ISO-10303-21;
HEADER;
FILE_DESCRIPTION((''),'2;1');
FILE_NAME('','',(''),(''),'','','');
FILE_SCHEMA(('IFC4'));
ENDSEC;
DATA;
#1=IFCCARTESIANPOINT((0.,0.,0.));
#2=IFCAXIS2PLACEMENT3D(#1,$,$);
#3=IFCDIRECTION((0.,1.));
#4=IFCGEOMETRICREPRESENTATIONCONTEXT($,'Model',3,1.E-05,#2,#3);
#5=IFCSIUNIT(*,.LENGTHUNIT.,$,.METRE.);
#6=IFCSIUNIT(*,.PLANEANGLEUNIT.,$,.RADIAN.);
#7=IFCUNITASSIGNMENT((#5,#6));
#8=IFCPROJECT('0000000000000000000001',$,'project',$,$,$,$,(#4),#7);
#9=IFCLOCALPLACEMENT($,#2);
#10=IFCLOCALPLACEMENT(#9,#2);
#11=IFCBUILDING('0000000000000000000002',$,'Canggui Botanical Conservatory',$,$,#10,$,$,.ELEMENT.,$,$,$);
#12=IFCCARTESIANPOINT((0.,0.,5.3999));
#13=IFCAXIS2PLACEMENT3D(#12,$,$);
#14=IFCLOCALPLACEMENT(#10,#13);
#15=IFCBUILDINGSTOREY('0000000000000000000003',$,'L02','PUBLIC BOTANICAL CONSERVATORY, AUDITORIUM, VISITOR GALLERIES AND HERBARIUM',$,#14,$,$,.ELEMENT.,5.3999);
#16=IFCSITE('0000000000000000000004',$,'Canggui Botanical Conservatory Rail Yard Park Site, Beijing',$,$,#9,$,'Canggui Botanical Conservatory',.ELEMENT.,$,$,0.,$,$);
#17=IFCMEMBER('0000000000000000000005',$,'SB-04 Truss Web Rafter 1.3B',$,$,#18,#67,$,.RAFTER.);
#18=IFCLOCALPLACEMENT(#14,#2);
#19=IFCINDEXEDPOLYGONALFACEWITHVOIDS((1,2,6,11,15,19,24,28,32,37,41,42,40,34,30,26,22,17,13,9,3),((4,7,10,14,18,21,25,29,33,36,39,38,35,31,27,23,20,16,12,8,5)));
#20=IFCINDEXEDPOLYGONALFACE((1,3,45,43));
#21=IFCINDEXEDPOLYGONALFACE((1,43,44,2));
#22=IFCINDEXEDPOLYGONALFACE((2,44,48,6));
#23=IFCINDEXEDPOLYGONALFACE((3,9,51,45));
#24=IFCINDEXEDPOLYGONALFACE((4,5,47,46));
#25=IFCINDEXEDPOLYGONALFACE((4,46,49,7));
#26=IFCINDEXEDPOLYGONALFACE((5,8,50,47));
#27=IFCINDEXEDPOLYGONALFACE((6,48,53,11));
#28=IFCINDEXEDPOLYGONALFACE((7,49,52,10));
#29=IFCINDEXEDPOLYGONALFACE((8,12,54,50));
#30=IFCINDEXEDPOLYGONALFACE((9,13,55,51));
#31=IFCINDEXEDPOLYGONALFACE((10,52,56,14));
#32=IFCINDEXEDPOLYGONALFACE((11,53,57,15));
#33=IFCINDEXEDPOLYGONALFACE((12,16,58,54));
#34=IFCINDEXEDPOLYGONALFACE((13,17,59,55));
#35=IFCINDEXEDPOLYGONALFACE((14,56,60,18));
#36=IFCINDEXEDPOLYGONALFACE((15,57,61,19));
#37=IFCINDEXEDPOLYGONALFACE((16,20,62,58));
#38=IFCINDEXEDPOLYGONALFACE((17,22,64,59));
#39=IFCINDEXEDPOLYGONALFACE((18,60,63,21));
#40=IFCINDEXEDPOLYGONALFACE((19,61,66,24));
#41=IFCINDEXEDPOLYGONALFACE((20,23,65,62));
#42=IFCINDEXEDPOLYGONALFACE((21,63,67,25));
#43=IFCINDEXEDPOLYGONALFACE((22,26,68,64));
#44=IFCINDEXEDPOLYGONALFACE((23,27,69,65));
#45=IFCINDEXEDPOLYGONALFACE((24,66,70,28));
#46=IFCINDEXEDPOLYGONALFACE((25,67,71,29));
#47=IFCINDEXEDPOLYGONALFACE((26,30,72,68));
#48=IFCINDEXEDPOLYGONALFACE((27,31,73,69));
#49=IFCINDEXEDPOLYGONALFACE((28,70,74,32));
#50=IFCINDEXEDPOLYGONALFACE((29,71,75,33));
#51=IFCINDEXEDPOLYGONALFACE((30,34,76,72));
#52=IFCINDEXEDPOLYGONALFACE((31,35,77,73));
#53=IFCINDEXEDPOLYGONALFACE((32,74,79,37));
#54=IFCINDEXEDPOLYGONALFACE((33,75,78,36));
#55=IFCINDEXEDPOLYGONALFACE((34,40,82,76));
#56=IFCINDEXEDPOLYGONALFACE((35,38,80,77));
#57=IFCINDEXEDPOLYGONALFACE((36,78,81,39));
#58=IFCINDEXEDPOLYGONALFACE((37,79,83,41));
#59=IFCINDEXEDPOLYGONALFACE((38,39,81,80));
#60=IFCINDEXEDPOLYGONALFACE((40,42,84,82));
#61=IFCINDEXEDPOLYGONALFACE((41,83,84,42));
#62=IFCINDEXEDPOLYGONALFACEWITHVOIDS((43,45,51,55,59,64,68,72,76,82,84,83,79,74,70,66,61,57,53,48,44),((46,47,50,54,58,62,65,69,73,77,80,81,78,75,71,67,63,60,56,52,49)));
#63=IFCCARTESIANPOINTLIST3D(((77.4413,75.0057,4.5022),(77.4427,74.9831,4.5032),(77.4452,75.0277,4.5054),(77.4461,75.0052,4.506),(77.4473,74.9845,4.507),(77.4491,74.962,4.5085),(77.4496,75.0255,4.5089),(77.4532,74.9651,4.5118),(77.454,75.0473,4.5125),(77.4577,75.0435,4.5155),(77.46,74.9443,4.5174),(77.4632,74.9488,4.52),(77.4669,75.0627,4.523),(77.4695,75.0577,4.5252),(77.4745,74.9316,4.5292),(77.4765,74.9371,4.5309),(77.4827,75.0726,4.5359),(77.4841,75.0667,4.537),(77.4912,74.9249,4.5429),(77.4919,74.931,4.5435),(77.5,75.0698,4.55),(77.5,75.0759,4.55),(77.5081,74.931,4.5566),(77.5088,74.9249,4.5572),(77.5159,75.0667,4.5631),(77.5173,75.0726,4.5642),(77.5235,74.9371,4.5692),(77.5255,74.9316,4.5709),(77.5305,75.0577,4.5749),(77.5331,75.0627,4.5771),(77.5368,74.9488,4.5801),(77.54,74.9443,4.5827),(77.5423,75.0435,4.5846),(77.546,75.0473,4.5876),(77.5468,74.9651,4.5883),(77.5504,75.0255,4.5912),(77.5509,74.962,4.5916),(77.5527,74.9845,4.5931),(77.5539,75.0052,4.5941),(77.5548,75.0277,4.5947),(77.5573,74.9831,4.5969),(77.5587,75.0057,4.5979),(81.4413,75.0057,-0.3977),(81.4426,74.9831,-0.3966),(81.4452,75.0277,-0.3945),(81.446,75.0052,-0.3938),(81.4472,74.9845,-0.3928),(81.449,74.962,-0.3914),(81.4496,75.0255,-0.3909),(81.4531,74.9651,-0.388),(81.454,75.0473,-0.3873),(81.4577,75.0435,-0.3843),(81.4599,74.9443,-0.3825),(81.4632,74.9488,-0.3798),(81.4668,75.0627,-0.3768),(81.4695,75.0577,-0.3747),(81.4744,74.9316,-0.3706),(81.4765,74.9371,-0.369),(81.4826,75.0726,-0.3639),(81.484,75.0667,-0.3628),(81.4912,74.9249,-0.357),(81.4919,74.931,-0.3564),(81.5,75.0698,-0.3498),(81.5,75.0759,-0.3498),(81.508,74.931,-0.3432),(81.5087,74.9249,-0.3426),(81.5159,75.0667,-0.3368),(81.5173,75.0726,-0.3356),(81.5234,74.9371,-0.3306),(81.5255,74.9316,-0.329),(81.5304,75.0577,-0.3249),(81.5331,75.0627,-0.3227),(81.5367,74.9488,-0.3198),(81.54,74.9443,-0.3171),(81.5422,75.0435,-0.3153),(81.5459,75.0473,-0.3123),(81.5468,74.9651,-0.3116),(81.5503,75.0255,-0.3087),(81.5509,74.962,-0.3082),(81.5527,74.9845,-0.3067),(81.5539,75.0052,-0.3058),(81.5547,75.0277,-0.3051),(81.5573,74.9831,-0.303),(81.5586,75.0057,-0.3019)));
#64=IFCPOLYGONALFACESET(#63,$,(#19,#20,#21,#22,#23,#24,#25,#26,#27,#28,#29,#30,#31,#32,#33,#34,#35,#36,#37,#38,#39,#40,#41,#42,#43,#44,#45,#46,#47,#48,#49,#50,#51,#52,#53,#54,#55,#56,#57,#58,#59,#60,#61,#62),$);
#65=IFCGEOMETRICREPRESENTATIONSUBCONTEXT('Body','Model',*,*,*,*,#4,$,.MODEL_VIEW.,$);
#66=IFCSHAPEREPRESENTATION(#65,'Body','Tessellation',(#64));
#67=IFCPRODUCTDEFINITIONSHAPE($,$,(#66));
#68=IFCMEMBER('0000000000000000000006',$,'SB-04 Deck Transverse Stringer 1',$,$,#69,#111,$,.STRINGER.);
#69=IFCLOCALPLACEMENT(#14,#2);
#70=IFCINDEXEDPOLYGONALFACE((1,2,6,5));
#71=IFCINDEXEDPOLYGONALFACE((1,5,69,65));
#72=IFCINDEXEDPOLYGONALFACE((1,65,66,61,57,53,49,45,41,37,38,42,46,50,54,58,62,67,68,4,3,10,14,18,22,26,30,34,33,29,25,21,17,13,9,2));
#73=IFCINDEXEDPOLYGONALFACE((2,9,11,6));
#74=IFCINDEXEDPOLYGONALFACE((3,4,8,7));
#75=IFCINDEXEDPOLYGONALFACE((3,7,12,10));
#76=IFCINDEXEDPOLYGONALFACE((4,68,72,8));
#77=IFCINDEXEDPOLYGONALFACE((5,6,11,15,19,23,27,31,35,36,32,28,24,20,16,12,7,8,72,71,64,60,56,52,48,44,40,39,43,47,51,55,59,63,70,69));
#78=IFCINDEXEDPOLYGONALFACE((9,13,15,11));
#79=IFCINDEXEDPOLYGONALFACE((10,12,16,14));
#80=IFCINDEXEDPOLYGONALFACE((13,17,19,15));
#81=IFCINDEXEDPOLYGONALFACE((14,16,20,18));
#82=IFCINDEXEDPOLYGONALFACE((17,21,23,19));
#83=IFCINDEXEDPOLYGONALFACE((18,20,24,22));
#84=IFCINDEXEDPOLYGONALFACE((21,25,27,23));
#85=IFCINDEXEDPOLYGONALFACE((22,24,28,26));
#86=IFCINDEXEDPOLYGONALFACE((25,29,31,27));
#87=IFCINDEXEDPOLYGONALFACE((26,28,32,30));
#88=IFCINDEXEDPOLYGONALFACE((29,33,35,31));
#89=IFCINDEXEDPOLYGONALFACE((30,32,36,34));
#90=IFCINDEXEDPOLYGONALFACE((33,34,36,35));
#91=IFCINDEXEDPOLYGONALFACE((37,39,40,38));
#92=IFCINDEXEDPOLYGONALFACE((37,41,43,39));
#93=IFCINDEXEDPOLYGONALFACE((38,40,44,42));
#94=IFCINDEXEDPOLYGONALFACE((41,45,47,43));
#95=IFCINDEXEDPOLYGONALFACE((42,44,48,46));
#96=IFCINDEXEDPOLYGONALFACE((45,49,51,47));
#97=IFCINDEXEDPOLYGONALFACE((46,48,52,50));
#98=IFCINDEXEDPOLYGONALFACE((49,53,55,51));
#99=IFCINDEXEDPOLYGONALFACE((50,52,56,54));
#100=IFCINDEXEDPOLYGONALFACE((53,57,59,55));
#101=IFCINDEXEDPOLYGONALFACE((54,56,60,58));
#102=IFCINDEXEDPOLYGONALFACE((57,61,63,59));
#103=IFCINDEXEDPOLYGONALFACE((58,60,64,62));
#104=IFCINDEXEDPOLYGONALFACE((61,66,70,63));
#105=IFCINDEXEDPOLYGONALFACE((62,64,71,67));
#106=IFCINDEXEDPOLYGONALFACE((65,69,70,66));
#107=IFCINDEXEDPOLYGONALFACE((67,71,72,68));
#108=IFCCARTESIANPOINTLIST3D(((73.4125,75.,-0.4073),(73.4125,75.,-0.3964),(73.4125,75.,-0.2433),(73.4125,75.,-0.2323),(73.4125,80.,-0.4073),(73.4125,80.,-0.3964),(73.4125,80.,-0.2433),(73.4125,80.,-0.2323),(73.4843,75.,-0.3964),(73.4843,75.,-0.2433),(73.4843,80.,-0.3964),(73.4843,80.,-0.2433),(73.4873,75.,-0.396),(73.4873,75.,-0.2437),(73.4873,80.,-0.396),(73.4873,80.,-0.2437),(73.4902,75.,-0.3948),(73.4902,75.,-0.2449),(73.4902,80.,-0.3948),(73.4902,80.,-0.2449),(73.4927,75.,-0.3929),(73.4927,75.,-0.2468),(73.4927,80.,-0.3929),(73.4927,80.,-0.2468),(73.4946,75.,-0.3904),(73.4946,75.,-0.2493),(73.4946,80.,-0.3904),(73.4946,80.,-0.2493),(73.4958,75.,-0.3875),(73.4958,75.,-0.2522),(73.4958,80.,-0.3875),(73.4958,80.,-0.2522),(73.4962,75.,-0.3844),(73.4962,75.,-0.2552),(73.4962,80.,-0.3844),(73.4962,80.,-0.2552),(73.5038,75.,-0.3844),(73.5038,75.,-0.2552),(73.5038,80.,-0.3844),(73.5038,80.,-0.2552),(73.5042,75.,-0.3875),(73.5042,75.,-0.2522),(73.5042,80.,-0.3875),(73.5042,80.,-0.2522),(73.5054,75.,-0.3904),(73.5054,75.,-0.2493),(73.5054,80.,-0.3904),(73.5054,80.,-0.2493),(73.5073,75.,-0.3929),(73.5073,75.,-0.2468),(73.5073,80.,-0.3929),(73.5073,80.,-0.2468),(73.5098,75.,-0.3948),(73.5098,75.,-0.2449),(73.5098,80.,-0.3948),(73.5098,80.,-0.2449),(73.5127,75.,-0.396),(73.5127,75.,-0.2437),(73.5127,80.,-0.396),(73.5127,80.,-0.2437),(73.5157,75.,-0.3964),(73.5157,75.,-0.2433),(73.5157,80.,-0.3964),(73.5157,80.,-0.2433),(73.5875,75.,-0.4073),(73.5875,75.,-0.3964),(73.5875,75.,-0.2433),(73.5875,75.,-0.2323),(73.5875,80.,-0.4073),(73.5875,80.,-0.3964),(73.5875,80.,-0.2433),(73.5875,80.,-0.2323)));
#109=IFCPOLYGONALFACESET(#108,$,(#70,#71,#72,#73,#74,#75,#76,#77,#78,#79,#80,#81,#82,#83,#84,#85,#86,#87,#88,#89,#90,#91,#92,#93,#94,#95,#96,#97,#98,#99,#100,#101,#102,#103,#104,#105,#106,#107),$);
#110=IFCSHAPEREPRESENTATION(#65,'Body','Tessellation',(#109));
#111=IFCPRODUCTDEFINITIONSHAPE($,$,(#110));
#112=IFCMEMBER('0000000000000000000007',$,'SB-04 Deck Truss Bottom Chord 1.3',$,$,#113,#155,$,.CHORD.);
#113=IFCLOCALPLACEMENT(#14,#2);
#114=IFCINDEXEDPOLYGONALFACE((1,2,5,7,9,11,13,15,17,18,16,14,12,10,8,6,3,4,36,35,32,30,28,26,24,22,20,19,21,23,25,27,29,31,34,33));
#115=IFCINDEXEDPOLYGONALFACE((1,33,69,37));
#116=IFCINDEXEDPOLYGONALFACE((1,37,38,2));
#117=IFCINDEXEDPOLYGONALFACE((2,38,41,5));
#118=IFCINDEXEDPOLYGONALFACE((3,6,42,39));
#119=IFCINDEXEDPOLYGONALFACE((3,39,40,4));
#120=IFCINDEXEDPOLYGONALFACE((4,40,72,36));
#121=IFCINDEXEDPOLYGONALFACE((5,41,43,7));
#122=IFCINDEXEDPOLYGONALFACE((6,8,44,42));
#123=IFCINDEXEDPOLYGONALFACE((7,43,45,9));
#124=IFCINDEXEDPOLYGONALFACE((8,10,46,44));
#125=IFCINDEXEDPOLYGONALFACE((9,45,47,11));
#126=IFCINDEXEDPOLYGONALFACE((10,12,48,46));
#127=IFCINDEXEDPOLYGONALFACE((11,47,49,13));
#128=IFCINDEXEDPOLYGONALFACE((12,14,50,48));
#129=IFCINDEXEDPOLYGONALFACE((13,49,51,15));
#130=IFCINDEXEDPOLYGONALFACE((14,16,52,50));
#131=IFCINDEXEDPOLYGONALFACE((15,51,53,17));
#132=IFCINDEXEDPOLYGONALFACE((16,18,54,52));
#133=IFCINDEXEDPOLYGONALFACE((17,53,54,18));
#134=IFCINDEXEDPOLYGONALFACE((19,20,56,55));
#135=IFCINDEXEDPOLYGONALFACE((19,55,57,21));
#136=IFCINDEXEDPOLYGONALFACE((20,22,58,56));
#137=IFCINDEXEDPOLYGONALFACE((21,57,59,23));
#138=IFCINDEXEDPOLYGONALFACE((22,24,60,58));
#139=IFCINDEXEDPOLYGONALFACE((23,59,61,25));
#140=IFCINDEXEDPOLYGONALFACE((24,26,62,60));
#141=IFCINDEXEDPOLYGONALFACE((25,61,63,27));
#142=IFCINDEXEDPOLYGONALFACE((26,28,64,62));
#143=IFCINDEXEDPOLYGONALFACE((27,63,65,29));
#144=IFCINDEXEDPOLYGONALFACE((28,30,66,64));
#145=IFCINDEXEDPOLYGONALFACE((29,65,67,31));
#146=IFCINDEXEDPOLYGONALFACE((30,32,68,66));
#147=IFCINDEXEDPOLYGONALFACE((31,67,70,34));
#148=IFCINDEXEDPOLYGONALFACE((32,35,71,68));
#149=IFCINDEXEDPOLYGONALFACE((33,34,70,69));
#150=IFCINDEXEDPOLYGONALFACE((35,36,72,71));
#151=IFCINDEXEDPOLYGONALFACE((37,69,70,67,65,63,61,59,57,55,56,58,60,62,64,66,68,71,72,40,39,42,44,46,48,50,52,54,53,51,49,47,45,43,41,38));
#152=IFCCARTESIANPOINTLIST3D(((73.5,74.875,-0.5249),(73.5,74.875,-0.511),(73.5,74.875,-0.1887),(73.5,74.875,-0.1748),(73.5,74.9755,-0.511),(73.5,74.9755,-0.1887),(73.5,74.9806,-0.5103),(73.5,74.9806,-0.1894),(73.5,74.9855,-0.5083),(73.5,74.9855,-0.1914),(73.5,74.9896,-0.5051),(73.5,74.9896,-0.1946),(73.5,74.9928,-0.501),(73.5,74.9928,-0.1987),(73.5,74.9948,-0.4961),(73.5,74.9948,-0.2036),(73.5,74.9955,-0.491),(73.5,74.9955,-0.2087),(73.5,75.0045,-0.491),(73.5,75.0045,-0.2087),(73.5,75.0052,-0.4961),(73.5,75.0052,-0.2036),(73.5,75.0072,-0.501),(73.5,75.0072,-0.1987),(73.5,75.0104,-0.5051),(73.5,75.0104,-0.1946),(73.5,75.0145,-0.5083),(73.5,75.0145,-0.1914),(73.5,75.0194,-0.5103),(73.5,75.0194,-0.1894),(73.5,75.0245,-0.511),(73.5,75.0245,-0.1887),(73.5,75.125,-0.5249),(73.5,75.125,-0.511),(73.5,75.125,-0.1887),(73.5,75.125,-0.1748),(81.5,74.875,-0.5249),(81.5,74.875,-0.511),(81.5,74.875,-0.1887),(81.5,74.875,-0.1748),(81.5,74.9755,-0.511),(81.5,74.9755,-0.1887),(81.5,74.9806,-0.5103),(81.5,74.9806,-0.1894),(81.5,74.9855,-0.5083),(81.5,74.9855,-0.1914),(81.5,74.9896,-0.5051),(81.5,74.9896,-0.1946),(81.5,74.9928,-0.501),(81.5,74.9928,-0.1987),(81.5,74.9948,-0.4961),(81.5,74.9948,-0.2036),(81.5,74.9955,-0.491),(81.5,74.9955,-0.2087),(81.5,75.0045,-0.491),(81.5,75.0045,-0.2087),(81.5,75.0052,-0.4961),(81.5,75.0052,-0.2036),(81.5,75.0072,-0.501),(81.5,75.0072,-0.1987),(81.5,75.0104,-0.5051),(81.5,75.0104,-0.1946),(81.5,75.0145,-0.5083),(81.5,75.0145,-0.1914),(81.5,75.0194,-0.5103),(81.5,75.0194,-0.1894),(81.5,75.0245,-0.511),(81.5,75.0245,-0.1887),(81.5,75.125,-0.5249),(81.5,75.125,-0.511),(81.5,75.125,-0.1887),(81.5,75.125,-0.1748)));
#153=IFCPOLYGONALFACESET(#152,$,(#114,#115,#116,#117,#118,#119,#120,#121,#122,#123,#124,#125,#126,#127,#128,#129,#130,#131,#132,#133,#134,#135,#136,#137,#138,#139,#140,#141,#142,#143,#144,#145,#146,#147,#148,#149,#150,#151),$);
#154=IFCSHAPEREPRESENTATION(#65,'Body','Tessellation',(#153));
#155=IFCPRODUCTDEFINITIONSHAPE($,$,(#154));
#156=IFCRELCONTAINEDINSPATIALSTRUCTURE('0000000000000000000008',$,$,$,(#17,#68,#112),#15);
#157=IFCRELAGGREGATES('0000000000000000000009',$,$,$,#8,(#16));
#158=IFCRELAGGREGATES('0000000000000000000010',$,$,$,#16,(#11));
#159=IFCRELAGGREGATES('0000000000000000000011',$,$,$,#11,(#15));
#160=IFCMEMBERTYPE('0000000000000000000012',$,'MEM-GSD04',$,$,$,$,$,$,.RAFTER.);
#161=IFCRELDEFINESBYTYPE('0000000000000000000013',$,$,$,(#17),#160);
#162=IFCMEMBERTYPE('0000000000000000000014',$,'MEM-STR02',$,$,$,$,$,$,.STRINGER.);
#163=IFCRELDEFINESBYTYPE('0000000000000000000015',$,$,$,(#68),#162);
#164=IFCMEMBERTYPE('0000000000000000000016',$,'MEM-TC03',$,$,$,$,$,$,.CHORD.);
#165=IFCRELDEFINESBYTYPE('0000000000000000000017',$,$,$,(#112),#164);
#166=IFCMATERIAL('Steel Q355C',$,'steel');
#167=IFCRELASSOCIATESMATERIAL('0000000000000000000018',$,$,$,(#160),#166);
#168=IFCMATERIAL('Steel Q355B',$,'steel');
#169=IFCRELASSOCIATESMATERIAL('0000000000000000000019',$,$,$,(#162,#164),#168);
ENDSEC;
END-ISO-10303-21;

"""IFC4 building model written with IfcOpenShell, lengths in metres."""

from ifc_helpers import new_model, si_unit, direction, frame, origin, origin_2d, place, context, subcontext, project, spatial, hollow_circle, i_section, extrude, material, material_profile, profile_set, type_object, element, save


model = new_model("IFC4")

# Units and contexts
model_context = context("Model", 3, precision=1e-05, world=origin(), true_north=direction((0.0, 1.0)))
body_context = subcontext(model_context, "Body", "Model", "MODEL_VIEW")
ifc_project = project(units=[si_unit("LENGTHUNIT", "METRE"), si_unit("PLANEANGLEUNIT", "RADIAN")], contexts=[model_context])

# Site, building, storey
site_placement = place(None, origin())
site = spatial("IfcSite", under=ifc_project, at=site_placement, Name="Canggui Botanical Conservatory Rail Yard Park Site, Beijing", LongName="Canggui Botanical Conservatory", CompositionType="ELEMENT", RefElevation=0.0)
building_placement = place(site_placement, origin())
building = spatial("IfcBuilding", under=site, at=building_placement, Name="Canggui Botanical Conservatory", CompositionType="ELEMENT")
storey_placement = place(building_placement, frame((0.0, 0.0, 5.3999)))
storey = spatial("IfcBuildingStorey", under=building, at=storey_placement, Name="L02", Description="PUBLIC BOTANICAL CONSERVATORY, AUDITORIUM, VISITOR GALLERIES AND HERBARIUM", CompositionType="ELEMENT", Elevation=5.3999)

# Shared definitions
ifc_material_1 = material(Name="Steel Q355B", Category="steel")

# Shared definitions
ifc_material_2 = material(Name="Steel Q355C", Category="steel")

# Members
ifc_material_profile_1 = material_profile(ifc_material_2, hollow_circle(Radius=0.0759, WallThickness=0.0061, at=origin_2d()), Name="CHS 152x6")
ifc_profile_set_1 = profile_set([ifc_material_profile_1], Name="Steel Q355C")
member_type_1 = type_object("IfcMemberType", Name="MEM-GSD04", PredefinedType="RAFTER", material=ifc_profile_set_1)
for number, where, z_axis, x_axis, name in (
    (1, (77.5, 75.0, 4.55), (0.632384, 0.0, -0.774655), (0.0, 1.0, 0.0), "SB-04 Truss Web Rafter 1.3B"),
):
    element("IfcMember", number, at=place(storey_placement, frame(where, z_axis=z_axis, x_axis=x_axis)), inside=storey, type_object=member_type_1, Name=name, PredefinedType="RAFTER", context=body_context, shape_type="SweptSolid", body=[
        extrude(hollow_circle(Radius=0.0759, WallThickness=0.0061, at=origin_2d()), origin(), (0.0, 0.0, 1.0), 6.3252),
    ])
ifc_material_profile_2 = material_profile(ifc_material_1, i_section(OverallWidth=0.175, OverallDepth=0.175, WebThickness=0.0076, FlangeThickness=0.011, FilletRadius=0.012, at=origin_2d()), Name="HW 175x175x7.5x11")
ifc_profile_set_2 = profile_set([ifc_material_profile_2], Name="Steel Q355B")
member_type_2 = type_object("IfcMemberType", Name="MEM-STR02", PredefinedType="STRINGER", material=ifc_profile_set_2)
member_1_placement = place(storey_placement, frame((73.5, 75.0, -0.3198), z_axis=(0.0, 1.0, 0.0), x_axis=(-1.0, 0.0, 0.0)))
element("IfcMember", 2, at=member_1_placement, inside=storey, type_object=member_type_2, Name="SB-04 Deck Transverse Stringer 1", PredefinedType="STRINGER", context=body_context, shape_type="SweptSolid", body=[
    extrude(i_section(OverallWidth=0.175, OverallDepth=0.175, WebThickness=0.0076, FlangeThickness=0.011, FilletRadius=0.012, at=origin_2d()), origin(), (0.0, 0.0, 1.0), 5.0),
])
ifc_material_profile_3 = material_profile(ifc_material_1, i_section(OverallWidth=0.25, OverallDepth=0.3501, WebThickness=0.009, FlangeThickness=0.0139, FilletRadius=0.02, at=origin_2d()), Name="HM 350x250x9x14")
ifc_profile_set_3 = profile_set([ifc_material_profile_3], Name="Steel Q355B")
member_type_3 = type_object("IfcMemberType", Name="MEM-TC03", PredefinedType="CHORD", material=ifc_profile_set_3)
member_2_placement = place(storey_placement, frame((73.5, 75.0, -0.3499), z_axis=(1.0, 0.0, 0.0), x_axis=(0.0, 1.0, 0.0)))
element("IfcMember", 3, at=member_2_placement, inside=storey, type_object=member_type_3, Name="SB-04 Deck Truss Bottom Chord 1.3", PredefinedType="CHORD", context=body_context, shape_type="SweptSolid", body=[
    extrude(i_section(OverallWidth=0.25, OverallDepth=0.3501, WebThickness=0.009, FlangeThickness=0.0139, FilletRadius=0.02, at=origin_2d()), origin(), (0.0, 0.0, 1.0), 8.0),
])

save(model, "model.ifc")
